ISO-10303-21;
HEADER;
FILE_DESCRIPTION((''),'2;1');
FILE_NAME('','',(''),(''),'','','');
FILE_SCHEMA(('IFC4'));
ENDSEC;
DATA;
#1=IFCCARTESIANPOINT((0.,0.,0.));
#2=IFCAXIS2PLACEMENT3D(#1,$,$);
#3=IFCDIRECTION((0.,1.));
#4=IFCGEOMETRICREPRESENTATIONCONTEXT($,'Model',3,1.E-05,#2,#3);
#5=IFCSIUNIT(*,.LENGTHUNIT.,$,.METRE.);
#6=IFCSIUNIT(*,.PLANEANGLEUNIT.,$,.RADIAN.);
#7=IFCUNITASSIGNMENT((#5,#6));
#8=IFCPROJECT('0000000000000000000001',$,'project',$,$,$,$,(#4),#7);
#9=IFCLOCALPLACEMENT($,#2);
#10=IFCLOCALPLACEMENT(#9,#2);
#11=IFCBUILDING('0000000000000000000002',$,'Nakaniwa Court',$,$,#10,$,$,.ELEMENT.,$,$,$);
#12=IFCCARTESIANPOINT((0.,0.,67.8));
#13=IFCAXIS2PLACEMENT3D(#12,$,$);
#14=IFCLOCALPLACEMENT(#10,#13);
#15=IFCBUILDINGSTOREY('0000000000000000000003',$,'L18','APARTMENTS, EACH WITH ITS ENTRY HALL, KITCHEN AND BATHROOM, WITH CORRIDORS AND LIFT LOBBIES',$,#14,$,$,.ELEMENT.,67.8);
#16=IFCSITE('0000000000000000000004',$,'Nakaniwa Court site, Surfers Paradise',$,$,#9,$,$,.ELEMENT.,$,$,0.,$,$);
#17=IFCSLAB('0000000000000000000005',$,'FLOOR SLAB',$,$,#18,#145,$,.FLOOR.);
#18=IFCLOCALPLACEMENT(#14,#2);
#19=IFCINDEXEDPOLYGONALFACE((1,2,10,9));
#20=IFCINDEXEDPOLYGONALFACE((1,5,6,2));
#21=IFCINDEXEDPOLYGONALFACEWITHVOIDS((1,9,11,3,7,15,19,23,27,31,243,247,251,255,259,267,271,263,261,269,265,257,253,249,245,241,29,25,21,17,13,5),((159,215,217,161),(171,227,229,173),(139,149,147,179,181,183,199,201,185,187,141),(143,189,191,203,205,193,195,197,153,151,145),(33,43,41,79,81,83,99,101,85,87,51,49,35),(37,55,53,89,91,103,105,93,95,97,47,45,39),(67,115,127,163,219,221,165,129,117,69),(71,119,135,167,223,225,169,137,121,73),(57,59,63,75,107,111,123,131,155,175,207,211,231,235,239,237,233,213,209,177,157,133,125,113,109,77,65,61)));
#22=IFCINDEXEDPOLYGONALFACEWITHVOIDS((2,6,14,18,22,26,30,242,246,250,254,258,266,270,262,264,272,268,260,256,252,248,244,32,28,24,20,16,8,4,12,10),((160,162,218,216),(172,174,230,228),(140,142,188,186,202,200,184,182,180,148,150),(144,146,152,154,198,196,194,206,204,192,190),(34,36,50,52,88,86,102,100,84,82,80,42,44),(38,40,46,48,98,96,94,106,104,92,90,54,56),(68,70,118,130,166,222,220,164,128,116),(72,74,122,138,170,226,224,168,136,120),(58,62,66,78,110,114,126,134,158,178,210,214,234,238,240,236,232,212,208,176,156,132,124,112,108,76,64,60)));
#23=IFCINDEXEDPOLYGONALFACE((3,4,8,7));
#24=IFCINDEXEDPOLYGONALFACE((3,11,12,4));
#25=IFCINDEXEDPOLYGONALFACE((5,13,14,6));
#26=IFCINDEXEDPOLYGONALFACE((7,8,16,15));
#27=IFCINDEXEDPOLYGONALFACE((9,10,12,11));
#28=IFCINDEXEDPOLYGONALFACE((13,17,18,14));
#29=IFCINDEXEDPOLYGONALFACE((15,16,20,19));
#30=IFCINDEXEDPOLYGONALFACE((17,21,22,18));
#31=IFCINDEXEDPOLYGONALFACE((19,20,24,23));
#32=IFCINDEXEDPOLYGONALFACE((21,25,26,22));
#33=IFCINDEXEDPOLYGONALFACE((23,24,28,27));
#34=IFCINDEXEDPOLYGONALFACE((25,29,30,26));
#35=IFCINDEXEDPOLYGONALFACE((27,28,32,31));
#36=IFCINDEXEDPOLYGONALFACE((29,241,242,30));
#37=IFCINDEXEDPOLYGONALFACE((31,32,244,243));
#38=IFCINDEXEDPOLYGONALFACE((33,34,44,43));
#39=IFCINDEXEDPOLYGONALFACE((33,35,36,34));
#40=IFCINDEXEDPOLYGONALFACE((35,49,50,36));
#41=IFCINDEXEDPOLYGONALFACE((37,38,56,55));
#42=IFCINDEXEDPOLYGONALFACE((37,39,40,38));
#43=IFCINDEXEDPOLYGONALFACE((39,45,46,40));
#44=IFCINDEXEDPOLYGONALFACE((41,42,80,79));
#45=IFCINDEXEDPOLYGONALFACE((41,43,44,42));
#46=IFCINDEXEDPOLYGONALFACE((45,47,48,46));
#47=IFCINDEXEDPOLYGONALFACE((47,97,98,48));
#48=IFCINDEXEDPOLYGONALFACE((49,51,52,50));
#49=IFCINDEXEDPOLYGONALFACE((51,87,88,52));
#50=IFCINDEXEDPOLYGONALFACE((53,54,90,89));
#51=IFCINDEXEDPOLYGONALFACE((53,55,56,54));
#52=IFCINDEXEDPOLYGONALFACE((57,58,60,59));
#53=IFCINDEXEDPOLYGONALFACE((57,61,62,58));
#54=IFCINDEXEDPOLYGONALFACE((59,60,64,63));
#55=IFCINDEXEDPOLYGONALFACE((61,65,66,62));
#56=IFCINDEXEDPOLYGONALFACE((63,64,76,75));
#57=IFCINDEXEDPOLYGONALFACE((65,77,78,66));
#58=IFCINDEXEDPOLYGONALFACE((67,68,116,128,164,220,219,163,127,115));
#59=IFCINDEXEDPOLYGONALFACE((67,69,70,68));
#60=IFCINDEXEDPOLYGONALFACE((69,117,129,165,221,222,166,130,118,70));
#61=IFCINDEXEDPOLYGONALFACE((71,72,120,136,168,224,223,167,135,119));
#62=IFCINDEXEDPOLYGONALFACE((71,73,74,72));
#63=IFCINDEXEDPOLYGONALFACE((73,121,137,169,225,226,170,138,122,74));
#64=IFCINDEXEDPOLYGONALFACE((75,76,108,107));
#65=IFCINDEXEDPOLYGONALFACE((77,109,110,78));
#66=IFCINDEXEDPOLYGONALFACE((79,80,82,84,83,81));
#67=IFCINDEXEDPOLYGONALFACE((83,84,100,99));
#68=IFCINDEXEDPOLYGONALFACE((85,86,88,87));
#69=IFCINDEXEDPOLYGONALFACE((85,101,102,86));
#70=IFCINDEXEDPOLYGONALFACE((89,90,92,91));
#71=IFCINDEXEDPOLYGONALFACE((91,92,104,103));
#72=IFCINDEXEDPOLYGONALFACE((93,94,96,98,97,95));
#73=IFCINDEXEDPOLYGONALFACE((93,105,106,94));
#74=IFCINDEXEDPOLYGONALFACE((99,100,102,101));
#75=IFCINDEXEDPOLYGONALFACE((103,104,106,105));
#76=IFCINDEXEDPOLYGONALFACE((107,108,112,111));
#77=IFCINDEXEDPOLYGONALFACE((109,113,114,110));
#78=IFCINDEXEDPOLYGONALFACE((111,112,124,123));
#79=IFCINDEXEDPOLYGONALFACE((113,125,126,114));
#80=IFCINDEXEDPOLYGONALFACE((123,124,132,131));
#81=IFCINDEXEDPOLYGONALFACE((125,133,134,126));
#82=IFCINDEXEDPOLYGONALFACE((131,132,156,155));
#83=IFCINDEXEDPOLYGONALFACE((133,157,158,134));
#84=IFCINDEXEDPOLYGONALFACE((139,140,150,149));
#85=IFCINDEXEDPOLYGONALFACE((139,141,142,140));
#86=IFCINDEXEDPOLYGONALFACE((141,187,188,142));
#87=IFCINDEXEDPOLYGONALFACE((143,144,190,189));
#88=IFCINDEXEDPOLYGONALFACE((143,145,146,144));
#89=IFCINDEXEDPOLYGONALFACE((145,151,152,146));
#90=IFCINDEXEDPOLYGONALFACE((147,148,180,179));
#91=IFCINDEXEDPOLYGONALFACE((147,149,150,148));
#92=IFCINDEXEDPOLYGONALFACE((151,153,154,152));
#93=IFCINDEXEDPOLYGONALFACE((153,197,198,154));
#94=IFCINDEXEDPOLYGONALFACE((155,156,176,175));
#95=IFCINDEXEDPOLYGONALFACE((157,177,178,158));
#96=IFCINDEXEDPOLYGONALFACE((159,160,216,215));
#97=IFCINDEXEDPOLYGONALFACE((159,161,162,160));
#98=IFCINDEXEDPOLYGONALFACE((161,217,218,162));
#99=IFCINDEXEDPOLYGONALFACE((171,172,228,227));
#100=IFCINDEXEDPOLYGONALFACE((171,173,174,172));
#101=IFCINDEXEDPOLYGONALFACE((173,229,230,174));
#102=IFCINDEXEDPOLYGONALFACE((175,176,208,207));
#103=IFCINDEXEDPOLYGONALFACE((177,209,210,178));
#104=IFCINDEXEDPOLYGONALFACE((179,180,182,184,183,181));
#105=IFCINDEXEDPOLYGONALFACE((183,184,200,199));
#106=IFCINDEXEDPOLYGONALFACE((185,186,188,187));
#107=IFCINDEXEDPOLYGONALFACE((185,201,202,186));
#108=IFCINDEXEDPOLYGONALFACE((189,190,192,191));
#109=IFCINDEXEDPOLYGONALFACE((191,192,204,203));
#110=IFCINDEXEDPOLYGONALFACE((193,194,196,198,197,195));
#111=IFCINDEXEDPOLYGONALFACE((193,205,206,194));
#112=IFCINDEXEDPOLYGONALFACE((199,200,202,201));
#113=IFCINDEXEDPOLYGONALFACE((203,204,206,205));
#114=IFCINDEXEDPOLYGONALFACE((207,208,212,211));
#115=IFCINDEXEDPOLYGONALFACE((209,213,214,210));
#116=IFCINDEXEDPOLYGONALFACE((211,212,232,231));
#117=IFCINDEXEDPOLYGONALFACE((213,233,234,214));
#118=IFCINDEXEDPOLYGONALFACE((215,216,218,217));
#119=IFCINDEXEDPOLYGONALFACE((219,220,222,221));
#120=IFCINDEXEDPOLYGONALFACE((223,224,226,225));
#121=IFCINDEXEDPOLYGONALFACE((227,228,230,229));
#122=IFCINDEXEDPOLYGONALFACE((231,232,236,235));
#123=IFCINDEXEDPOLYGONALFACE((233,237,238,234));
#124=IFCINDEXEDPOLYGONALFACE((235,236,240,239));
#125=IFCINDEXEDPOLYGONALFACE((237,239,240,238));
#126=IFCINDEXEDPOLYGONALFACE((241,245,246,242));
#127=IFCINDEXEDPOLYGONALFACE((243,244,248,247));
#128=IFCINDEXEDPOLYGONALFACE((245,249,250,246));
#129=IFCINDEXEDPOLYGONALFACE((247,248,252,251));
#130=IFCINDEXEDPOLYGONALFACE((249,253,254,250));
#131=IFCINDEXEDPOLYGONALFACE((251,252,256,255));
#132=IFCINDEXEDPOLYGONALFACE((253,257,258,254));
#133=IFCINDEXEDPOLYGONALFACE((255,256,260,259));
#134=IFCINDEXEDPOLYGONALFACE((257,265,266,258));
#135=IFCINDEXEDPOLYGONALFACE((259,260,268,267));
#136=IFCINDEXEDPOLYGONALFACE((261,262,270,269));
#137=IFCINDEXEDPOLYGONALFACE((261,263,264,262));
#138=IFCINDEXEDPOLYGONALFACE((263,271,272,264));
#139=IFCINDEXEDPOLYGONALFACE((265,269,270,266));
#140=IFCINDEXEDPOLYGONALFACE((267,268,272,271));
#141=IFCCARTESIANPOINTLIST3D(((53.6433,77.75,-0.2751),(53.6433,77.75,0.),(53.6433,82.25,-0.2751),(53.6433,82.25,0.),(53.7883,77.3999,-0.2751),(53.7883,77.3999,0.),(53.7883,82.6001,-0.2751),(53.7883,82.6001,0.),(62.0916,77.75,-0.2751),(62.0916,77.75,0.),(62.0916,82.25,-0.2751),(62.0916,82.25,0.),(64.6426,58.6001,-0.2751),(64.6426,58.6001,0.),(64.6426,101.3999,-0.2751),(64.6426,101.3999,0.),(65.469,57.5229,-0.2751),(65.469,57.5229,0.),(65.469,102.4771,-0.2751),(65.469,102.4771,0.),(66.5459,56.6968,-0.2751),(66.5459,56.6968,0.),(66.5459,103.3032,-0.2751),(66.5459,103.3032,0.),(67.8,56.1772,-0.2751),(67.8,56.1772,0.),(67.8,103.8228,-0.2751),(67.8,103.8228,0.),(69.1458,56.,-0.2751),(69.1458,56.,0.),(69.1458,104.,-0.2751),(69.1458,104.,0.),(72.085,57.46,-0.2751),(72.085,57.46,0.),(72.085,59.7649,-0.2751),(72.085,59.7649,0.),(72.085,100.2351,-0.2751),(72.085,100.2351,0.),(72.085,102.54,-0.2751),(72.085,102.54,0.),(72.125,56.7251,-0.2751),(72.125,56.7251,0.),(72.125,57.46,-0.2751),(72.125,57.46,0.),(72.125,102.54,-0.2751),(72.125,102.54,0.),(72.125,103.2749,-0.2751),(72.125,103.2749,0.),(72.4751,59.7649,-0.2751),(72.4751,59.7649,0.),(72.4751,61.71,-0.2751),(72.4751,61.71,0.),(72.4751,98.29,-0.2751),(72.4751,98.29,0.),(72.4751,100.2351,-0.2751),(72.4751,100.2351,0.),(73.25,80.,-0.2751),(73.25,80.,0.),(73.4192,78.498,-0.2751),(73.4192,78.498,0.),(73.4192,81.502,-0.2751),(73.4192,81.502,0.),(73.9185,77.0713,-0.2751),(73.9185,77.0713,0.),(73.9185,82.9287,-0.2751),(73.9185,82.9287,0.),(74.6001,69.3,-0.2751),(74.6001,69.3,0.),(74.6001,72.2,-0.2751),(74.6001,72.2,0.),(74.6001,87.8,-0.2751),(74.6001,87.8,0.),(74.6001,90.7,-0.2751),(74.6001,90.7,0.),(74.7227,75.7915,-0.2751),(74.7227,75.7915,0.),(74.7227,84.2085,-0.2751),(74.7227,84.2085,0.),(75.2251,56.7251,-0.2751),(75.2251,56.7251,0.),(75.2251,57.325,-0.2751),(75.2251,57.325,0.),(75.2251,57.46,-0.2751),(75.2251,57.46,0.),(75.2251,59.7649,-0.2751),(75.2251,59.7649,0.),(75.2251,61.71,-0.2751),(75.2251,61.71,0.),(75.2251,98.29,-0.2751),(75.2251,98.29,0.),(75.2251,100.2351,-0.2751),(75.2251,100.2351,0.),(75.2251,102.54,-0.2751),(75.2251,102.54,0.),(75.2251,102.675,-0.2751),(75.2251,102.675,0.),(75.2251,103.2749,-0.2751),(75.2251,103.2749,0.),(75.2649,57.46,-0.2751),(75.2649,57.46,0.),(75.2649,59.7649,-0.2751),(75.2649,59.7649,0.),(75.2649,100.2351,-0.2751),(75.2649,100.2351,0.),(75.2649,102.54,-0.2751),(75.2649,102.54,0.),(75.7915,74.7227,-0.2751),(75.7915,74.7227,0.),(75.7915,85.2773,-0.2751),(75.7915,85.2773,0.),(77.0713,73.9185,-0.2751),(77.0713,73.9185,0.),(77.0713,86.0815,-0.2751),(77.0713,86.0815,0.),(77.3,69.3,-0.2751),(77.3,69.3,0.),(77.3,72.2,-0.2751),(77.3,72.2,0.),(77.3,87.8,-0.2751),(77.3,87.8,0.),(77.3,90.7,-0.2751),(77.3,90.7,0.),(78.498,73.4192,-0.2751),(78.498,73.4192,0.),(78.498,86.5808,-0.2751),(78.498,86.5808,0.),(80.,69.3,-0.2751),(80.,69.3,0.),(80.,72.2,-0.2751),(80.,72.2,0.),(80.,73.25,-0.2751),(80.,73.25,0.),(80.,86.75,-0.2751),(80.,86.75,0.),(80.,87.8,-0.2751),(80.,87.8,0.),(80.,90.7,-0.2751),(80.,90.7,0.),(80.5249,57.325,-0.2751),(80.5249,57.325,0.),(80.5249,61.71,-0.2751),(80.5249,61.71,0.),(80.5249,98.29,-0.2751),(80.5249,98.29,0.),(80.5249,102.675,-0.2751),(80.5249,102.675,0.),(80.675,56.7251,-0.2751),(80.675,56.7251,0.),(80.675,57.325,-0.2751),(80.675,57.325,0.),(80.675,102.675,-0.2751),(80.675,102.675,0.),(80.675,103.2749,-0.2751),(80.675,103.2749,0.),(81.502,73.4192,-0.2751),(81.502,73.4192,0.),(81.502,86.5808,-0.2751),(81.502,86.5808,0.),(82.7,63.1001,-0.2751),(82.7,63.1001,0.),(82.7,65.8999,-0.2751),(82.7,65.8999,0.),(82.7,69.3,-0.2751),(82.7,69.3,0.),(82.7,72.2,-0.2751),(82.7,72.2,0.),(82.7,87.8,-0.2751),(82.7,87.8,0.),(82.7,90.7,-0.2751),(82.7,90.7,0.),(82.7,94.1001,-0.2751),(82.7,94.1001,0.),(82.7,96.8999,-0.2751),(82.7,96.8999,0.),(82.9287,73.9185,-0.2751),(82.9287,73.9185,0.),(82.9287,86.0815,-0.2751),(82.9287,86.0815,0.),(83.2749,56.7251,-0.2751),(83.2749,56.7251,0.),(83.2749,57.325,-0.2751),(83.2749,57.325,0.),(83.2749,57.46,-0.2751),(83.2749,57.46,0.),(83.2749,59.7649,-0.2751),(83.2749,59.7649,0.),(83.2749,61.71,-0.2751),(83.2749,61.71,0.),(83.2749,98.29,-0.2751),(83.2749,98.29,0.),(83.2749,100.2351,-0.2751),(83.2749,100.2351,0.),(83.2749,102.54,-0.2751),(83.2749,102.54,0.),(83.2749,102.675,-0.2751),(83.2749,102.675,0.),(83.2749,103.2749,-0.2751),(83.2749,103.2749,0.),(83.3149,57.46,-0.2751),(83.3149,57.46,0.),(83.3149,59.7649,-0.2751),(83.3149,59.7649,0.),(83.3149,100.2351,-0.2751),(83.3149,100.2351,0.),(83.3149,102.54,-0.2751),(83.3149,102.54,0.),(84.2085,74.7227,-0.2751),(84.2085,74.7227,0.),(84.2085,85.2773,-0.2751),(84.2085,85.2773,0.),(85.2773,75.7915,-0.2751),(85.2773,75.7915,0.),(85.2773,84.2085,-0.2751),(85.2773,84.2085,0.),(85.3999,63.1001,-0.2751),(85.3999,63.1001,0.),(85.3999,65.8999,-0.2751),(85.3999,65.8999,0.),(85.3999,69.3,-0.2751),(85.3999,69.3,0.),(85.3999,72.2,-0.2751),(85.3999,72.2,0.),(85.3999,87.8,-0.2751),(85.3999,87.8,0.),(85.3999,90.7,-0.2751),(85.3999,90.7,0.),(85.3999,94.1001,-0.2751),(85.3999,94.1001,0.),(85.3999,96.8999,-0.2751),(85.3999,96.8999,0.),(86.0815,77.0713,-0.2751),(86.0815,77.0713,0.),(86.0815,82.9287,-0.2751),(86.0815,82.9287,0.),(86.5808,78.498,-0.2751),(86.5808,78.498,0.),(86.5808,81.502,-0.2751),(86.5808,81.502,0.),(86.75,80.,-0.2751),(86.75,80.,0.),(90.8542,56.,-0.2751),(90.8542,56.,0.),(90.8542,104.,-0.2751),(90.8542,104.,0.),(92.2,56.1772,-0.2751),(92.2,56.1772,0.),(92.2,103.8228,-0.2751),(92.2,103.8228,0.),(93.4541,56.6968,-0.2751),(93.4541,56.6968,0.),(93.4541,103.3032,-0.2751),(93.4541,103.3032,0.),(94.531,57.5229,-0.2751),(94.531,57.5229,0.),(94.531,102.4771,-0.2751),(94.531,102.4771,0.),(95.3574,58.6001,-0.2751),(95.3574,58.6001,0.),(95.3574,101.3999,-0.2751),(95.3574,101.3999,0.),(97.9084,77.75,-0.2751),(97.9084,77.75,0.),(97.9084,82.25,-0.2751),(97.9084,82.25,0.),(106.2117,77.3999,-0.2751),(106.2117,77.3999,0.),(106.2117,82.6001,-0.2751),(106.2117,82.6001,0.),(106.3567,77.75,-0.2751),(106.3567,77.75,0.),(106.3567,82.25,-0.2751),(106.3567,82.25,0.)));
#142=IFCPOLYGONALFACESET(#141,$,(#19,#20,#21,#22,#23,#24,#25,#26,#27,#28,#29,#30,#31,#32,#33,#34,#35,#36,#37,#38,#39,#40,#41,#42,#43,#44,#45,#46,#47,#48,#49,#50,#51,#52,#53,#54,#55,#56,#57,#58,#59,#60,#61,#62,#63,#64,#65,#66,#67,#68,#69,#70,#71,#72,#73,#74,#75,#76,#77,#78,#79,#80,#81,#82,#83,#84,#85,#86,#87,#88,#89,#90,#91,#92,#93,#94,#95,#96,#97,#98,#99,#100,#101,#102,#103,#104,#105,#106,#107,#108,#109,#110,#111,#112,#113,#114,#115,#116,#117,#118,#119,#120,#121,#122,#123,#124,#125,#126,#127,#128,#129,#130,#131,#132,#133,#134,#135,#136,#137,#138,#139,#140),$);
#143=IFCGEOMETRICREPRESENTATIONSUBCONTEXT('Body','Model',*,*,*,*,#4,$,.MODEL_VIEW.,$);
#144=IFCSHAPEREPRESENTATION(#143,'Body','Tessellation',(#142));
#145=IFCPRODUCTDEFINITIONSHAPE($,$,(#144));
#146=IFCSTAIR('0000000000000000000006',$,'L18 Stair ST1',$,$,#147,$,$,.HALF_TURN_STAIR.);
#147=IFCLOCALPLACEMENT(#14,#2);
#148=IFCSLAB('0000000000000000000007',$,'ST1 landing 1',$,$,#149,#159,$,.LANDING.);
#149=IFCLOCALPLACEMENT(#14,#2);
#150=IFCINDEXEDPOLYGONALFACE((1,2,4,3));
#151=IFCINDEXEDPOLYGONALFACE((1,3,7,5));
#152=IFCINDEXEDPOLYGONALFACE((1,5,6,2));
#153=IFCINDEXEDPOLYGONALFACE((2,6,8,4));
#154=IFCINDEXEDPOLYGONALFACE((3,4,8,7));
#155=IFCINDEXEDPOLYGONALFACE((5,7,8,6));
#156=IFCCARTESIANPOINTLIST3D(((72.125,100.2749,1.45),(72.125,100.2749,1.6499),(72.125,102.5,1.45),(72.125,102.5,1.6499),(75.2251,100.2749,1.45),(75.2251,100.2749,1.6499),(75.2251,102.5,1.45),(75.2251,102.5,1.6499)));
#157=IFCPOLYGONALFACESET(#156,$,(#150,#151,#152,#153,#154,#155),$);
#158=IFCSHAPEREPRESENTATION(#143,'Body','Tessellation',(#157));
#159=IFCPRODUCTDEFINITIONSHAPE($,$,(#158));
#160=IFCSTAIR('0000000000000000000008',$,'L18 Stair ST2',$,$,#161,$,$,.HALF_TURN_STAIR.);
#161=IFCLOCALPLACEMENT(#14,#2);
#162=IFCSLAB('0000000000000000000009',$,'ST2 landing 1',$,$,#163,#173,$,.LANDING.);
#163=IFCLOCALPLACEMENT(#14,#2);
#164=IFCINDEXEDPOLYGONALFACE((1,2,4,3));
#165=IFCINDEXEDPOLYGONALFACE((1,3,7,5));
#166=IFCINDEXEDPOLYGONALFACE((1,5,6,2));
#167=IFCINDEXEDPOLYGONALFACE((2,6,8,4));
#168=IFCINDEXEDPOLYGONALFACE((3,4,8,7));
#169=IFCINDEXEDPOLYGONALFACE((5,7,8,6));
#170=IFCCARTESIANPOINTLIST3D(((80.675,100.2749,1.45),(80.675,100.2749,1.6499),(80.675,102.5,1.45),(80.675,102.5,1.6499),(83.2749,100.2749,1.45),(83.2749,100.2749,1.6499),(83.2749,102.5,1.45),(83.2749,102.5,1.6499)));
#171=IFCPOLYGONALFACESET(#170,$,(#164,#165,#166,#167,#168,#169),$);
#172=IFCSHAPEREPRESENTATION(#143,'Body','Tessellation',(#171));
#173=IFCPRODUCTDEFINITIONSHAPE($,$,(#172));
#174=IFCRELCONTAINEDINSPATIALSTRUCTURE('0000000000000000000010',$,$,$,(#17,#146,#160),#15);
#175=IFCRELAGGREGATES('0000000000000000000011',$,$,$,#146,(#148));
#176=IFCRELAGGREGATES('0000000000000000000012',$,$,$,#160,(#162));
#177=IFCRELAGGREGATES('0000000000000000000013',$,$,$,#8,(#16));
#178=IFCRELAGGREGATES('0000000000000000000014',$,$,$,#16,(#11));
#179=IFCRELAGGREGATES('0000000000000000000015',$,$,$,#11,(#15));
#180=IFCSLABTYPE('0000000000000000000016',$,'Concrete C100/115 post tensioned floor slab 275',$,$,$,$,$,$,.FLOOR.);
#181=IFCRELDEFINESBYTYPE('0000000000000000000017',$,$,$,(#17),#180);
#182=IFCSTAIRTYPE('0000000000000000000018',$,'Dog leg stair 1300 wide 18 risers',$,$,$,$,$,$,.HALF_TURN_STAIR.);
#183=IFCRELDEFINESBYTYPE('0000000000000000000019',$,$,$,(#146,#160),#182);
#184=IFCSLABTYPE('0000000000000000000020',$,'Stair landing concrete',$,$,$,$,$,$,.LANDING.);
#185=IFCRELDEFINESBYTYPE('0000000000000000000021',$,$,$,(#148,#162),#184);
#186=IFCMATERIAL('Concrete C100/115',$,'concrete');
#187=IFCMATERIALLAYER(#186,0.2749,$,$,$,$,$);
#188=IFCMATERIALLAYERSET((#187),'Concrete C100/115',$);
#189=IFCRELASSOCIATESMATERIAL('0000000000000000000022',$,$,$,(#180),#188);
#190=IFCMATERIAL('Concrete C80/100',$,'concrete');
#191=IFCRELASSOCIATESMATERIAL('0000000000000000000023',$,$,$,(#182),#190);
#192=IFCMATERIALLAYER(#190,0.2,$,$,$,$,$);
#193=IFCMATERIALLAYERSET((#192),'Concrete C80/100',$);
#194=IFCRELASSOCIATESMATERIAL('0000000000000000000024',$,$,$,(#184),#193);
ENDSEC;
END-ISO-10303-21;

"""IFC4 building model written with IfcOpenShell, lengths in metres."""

from ifc_helpers import new_model, si_unit, direction, frame, origin, place, context, subcontext, project, spatial, polyline, outline, extrude, material, layer, layer_set, type_object, element, aggregate, save


model = new_model("IFC4")

# Units and contexts
model_context = context("Model", 3, precision=1e-05, world=origin(), true_north=direction((0.0, 1.0)))
body_context = subcontext(model_context, "Body", "Model", "MODEL_VIEW")
ifc_project = project(units=[si_unit("LENGTHUNIT", "METRE"), si_unit("PLANEANGLEUNIT", "RADIAN")], contexts=[model_context])

# Site, building, storey
site_placement = place(None, origin())
site = spatial("IfcSite", under=ifc_project, at=site_placement, Name="Nakaniwa Court site, Surfers Paradise", CompositionType="ELEMENT", RefElevation=0.0)
building_placement = place(site_placement, origin())
building = spatial("IfcBuilding", under=site, at=building_placement, Name="Nakaniwa Court", CompositionType="ELEMENT")
storey_placement = place(building_placement, frame((0.0, 0.0, 67.8)))
storey = spatial("IfcBuildingStorey", under=building, at=storey_placement, Name="L18", Description="APARTMENTS, EACH WITH ITS ENTRY HALL, KITCHEN AND BATHROOM, WITH CORRIDORS AND LIFT LOBBIES", CompositionType="ELEMENT", Elevation=67.8)

# Shared definitions
ifc_material_1 = material(Name="Concrete C100/115", Category="concrete")

# Slab
ifc_layer_1 = layer(ifc_material_1, 0.2749)
ifc_layer_set_1 = layer_set([ifc_layer_1], Name="Concrete C100/115")
slab_type_1 = type_object("IfcSlabType", Name="Concrete C100/115 post tensioned floor slab 275", PredefinedType="FLOOR", material=ifc_layer_set_1)
slab_1_placement = place(storey_placement, frame((0.0, 0.0, -0.2751)))
element("IfcSlab", 1, at=slab_1_placement, inside=storey, type_object=slab_type_1, Name="FLOOR SLAB", PredefinedType="FLOOR", context=body_context, shape_type="SweptSolid", body=[
    extrude(outline(polyline([(97.9084, 82.25), (106.3567, 82.25), (106.2117, 82.6001), (95.3574, 101.3999), (94.531, 102.4771), (93.4541, 103.3032), (92.2, 103.8228), (90.8542, 104.0), (69.1458, 104.0), (67.8, 103.8228), (66.5459, 103.3032), (65.469, 102.4771), (64.6426, 101.3999), (53.7883, 82.6001), (53.6433, 82.25), (62.0916, 82.25), (62.0916, 77.75), (53.6433, 77.75), (53.7883, 77.3999), (64.6426, 58.6001), (65.469, 57.5229), (66.5459, 56.6968), (67.8, 56.1772), (69.1458, 56.0), (90.8542, 56.0), (92.2, 56.1772), (93.4541, 56.6968), (94.531, 57.5229), (95.3574, 58.6001), (106.2117, 77.3999), (106.3567, 77.75), (97.9084, 77.75), (97.9084, 82.25)]), holes=[polyline([(81.502, 86.5808), (80.0, 86.75), (78.498, 86.5808), (77.0713, 86.0815), (75.7915, 85.2773), (74.7227, 84.2085), (73.9185, 82.9287), (73.4192, 81.502), (73.25, 80.0), (73.4192, 78.498), (73.9185, 77.0713), (74.7227, 75.7915), (75.7915, 74.7227), (77.0713, 73.9185), (78.498, 73.4192), (80.0, 73.25), (81.502, 73.4192), (82.9287, 73.9185), (84.2085, 74.7227), (85.2773, 75.7915), (86.0815, 77.0713), (86.5808, 78.498), (86.75, 80.0), (86.5808, 81.502), (86.0815, 82.9287), (85.2773, 84.2085), (84.2085, 85.2773), (82.9287, 86.0815), (81.502, 86.5808)]), polyline([(75.2649, 57.46), (75.2649, 59.7649), (75.2251, 59.7649), (75.2251, 61.71), (72.4751, 61.71), (72.4751, 59.7649), (72.085, 59.7649), (72.085, 57.46), (72.125, 57.46), (72.125, 56.7251), (75.2251, 56.7251), (75.2251, 57.325), (75.2251, 57.46), (75.2649, 57.46)]), polyline([(80.0, 69.3), (82.7, 69.3), (85.3999, 69.3), (85.3999, 72.2), (82.7, 72.2), (80.0, 72.2), (77.3, 72.2), (74.6001, 72.2), (74.6001, 69.3), (77.3, 69.3), (80.0, 69.3)]), polyline([(80.0, 87.8), (82.7, 87.8), (85.3999, 87.8), (85.3999, 90.7), (82.7, 90.7), (80.0, 90.7), (77.3, 90.7), (74.6001, 90.7), (74.6001, 87.8), (77.3, 87.8), (80.0, 87.8)]), polyline([(75.2649, 100.2351), (75.2649, 102.54), (75.2251, 102.54), (75.2251, 102.675), (75.2251, 103.2749), (72.125, 103.2749), (72.125, 102.54), (72.085, 102.54), (72.085, 100.2351), (72.4751, 100.2351), (72.4751, 98.29), (75.2251, 98.29), (75.2251, 100.2351), (75.2649, 100.2351)]), polyline([(83.2749, 61.71), (80.5249, 61.71), (80.5249, 57.325), (80.675, 57.325), (80.675, 56.7251), (83.2749, 56.7251), (83.2749, 57.325), (83.2749, 57.46), (83.3149, 57.46), (83.3149, 59.7649), (83.2749, 59.7649), (83.2749, 61.71)]), polyline([(85.3999, 65.8999), (82.7, 65.8999), (82.7, 63.1001), (85.3999, 63.1001), (85.3999, 65.8999)]), polyline([(85.3999, 96.8999), (82.7, 96.8999), (82.7, 94.1001), (85.3999, 94.1001), (85.3999, 96.8999)]), polyline([(83.2749, 100.2351), (83.3149, 100.2351), (83.3149, 102.54), (83.2749, 102.54), (83.2749, 102.675), (83.2749, 103.2749), (80.675, 103.2749), (80.675, 102.675), (80.5249, 102.675), (80.5249, 98.29), (83.2749, 98.29), (83.2749, 100.2351)])]), origin(), (0.0, 0.0, 1.0), 0.2751),
])

# Stairs, slabs
ifc_material_2 = material(Name="Concrete C80/100", Category="concrete")
stair_type = type_object("IfcStairType", Name="Dog leg stair 1300 wide 18 risers", PredefinedType="HALF_TURN_STAIR", material=ifc_material_2)
stair_1_placement = place(storey_placement, origin())
stair_1 = element("IfcStair", 2, at=stair_1_placement, inside=storey, type_object=stair_type, Name="L18 Stair ST1", PredefinedType="HALF_TURN_STAIR")
ifc_layer_2 = layer(ifc_material_2, 0.2)
ifc_layer_set_2 = layer_set([ifc_layer_2], Name="Concrete C80/100")
slab_type_2 = type_object("IfcSlabType", Name="Stair landing concrete", PredefinedType="LANDING", material=ifc_layer_set_2)
slab_2_placement = place(storey_placement, frame((0.0, 0.0, 1.45)))
slab_2 = element("IfcSlab", 3, at=slab_2_placement, type_object=slab_type_2, Name="ST1 landing 1", PredefinedType="LANDING", context=body_context, shape_type="SweptSolid", body=[
    extrude(outline(polyline([(75.2251, 100.2749), (75.2251, 102.5), (72.125, 102.5), (72.125, 100.2749), (75.2251, 100.2749)])), origin(), (0.0, 0.0, 1.0), 0.2),
])
aggregate(stair_1, [slab_2])
stair_2_placement = place(storey_placement, origin())
stair_2 = element("IfcStair", 4, at=stair_2_placement, inside=storey, type_object=stair_type, Name="L18 Stair ST2", PredefinedType="HALF_TURN_STAIR")
slab_3_placement = place(storey_placement, frame((0.0, 0.0, 1.45)))
slab_3 = element("IfcSlab", 5, at=slab_3_placement, type_object=slab_type_2, Name="ST2 landing 1", PredefinedType="LANDING", context=body_context, shape_type="SweptSolid", body=[
    extrude(outline(polyline([(83.2749, 100.2749), (83.2749, 102.5), (80.675, 102.5), (80.675, 100.2749), (83.2749, 100.2749)])), origin(), (0.0, 0.0, 1.0), 0.2),
])
aggregate(stair_2, [slab_3])

save(model, "model.ifc")
